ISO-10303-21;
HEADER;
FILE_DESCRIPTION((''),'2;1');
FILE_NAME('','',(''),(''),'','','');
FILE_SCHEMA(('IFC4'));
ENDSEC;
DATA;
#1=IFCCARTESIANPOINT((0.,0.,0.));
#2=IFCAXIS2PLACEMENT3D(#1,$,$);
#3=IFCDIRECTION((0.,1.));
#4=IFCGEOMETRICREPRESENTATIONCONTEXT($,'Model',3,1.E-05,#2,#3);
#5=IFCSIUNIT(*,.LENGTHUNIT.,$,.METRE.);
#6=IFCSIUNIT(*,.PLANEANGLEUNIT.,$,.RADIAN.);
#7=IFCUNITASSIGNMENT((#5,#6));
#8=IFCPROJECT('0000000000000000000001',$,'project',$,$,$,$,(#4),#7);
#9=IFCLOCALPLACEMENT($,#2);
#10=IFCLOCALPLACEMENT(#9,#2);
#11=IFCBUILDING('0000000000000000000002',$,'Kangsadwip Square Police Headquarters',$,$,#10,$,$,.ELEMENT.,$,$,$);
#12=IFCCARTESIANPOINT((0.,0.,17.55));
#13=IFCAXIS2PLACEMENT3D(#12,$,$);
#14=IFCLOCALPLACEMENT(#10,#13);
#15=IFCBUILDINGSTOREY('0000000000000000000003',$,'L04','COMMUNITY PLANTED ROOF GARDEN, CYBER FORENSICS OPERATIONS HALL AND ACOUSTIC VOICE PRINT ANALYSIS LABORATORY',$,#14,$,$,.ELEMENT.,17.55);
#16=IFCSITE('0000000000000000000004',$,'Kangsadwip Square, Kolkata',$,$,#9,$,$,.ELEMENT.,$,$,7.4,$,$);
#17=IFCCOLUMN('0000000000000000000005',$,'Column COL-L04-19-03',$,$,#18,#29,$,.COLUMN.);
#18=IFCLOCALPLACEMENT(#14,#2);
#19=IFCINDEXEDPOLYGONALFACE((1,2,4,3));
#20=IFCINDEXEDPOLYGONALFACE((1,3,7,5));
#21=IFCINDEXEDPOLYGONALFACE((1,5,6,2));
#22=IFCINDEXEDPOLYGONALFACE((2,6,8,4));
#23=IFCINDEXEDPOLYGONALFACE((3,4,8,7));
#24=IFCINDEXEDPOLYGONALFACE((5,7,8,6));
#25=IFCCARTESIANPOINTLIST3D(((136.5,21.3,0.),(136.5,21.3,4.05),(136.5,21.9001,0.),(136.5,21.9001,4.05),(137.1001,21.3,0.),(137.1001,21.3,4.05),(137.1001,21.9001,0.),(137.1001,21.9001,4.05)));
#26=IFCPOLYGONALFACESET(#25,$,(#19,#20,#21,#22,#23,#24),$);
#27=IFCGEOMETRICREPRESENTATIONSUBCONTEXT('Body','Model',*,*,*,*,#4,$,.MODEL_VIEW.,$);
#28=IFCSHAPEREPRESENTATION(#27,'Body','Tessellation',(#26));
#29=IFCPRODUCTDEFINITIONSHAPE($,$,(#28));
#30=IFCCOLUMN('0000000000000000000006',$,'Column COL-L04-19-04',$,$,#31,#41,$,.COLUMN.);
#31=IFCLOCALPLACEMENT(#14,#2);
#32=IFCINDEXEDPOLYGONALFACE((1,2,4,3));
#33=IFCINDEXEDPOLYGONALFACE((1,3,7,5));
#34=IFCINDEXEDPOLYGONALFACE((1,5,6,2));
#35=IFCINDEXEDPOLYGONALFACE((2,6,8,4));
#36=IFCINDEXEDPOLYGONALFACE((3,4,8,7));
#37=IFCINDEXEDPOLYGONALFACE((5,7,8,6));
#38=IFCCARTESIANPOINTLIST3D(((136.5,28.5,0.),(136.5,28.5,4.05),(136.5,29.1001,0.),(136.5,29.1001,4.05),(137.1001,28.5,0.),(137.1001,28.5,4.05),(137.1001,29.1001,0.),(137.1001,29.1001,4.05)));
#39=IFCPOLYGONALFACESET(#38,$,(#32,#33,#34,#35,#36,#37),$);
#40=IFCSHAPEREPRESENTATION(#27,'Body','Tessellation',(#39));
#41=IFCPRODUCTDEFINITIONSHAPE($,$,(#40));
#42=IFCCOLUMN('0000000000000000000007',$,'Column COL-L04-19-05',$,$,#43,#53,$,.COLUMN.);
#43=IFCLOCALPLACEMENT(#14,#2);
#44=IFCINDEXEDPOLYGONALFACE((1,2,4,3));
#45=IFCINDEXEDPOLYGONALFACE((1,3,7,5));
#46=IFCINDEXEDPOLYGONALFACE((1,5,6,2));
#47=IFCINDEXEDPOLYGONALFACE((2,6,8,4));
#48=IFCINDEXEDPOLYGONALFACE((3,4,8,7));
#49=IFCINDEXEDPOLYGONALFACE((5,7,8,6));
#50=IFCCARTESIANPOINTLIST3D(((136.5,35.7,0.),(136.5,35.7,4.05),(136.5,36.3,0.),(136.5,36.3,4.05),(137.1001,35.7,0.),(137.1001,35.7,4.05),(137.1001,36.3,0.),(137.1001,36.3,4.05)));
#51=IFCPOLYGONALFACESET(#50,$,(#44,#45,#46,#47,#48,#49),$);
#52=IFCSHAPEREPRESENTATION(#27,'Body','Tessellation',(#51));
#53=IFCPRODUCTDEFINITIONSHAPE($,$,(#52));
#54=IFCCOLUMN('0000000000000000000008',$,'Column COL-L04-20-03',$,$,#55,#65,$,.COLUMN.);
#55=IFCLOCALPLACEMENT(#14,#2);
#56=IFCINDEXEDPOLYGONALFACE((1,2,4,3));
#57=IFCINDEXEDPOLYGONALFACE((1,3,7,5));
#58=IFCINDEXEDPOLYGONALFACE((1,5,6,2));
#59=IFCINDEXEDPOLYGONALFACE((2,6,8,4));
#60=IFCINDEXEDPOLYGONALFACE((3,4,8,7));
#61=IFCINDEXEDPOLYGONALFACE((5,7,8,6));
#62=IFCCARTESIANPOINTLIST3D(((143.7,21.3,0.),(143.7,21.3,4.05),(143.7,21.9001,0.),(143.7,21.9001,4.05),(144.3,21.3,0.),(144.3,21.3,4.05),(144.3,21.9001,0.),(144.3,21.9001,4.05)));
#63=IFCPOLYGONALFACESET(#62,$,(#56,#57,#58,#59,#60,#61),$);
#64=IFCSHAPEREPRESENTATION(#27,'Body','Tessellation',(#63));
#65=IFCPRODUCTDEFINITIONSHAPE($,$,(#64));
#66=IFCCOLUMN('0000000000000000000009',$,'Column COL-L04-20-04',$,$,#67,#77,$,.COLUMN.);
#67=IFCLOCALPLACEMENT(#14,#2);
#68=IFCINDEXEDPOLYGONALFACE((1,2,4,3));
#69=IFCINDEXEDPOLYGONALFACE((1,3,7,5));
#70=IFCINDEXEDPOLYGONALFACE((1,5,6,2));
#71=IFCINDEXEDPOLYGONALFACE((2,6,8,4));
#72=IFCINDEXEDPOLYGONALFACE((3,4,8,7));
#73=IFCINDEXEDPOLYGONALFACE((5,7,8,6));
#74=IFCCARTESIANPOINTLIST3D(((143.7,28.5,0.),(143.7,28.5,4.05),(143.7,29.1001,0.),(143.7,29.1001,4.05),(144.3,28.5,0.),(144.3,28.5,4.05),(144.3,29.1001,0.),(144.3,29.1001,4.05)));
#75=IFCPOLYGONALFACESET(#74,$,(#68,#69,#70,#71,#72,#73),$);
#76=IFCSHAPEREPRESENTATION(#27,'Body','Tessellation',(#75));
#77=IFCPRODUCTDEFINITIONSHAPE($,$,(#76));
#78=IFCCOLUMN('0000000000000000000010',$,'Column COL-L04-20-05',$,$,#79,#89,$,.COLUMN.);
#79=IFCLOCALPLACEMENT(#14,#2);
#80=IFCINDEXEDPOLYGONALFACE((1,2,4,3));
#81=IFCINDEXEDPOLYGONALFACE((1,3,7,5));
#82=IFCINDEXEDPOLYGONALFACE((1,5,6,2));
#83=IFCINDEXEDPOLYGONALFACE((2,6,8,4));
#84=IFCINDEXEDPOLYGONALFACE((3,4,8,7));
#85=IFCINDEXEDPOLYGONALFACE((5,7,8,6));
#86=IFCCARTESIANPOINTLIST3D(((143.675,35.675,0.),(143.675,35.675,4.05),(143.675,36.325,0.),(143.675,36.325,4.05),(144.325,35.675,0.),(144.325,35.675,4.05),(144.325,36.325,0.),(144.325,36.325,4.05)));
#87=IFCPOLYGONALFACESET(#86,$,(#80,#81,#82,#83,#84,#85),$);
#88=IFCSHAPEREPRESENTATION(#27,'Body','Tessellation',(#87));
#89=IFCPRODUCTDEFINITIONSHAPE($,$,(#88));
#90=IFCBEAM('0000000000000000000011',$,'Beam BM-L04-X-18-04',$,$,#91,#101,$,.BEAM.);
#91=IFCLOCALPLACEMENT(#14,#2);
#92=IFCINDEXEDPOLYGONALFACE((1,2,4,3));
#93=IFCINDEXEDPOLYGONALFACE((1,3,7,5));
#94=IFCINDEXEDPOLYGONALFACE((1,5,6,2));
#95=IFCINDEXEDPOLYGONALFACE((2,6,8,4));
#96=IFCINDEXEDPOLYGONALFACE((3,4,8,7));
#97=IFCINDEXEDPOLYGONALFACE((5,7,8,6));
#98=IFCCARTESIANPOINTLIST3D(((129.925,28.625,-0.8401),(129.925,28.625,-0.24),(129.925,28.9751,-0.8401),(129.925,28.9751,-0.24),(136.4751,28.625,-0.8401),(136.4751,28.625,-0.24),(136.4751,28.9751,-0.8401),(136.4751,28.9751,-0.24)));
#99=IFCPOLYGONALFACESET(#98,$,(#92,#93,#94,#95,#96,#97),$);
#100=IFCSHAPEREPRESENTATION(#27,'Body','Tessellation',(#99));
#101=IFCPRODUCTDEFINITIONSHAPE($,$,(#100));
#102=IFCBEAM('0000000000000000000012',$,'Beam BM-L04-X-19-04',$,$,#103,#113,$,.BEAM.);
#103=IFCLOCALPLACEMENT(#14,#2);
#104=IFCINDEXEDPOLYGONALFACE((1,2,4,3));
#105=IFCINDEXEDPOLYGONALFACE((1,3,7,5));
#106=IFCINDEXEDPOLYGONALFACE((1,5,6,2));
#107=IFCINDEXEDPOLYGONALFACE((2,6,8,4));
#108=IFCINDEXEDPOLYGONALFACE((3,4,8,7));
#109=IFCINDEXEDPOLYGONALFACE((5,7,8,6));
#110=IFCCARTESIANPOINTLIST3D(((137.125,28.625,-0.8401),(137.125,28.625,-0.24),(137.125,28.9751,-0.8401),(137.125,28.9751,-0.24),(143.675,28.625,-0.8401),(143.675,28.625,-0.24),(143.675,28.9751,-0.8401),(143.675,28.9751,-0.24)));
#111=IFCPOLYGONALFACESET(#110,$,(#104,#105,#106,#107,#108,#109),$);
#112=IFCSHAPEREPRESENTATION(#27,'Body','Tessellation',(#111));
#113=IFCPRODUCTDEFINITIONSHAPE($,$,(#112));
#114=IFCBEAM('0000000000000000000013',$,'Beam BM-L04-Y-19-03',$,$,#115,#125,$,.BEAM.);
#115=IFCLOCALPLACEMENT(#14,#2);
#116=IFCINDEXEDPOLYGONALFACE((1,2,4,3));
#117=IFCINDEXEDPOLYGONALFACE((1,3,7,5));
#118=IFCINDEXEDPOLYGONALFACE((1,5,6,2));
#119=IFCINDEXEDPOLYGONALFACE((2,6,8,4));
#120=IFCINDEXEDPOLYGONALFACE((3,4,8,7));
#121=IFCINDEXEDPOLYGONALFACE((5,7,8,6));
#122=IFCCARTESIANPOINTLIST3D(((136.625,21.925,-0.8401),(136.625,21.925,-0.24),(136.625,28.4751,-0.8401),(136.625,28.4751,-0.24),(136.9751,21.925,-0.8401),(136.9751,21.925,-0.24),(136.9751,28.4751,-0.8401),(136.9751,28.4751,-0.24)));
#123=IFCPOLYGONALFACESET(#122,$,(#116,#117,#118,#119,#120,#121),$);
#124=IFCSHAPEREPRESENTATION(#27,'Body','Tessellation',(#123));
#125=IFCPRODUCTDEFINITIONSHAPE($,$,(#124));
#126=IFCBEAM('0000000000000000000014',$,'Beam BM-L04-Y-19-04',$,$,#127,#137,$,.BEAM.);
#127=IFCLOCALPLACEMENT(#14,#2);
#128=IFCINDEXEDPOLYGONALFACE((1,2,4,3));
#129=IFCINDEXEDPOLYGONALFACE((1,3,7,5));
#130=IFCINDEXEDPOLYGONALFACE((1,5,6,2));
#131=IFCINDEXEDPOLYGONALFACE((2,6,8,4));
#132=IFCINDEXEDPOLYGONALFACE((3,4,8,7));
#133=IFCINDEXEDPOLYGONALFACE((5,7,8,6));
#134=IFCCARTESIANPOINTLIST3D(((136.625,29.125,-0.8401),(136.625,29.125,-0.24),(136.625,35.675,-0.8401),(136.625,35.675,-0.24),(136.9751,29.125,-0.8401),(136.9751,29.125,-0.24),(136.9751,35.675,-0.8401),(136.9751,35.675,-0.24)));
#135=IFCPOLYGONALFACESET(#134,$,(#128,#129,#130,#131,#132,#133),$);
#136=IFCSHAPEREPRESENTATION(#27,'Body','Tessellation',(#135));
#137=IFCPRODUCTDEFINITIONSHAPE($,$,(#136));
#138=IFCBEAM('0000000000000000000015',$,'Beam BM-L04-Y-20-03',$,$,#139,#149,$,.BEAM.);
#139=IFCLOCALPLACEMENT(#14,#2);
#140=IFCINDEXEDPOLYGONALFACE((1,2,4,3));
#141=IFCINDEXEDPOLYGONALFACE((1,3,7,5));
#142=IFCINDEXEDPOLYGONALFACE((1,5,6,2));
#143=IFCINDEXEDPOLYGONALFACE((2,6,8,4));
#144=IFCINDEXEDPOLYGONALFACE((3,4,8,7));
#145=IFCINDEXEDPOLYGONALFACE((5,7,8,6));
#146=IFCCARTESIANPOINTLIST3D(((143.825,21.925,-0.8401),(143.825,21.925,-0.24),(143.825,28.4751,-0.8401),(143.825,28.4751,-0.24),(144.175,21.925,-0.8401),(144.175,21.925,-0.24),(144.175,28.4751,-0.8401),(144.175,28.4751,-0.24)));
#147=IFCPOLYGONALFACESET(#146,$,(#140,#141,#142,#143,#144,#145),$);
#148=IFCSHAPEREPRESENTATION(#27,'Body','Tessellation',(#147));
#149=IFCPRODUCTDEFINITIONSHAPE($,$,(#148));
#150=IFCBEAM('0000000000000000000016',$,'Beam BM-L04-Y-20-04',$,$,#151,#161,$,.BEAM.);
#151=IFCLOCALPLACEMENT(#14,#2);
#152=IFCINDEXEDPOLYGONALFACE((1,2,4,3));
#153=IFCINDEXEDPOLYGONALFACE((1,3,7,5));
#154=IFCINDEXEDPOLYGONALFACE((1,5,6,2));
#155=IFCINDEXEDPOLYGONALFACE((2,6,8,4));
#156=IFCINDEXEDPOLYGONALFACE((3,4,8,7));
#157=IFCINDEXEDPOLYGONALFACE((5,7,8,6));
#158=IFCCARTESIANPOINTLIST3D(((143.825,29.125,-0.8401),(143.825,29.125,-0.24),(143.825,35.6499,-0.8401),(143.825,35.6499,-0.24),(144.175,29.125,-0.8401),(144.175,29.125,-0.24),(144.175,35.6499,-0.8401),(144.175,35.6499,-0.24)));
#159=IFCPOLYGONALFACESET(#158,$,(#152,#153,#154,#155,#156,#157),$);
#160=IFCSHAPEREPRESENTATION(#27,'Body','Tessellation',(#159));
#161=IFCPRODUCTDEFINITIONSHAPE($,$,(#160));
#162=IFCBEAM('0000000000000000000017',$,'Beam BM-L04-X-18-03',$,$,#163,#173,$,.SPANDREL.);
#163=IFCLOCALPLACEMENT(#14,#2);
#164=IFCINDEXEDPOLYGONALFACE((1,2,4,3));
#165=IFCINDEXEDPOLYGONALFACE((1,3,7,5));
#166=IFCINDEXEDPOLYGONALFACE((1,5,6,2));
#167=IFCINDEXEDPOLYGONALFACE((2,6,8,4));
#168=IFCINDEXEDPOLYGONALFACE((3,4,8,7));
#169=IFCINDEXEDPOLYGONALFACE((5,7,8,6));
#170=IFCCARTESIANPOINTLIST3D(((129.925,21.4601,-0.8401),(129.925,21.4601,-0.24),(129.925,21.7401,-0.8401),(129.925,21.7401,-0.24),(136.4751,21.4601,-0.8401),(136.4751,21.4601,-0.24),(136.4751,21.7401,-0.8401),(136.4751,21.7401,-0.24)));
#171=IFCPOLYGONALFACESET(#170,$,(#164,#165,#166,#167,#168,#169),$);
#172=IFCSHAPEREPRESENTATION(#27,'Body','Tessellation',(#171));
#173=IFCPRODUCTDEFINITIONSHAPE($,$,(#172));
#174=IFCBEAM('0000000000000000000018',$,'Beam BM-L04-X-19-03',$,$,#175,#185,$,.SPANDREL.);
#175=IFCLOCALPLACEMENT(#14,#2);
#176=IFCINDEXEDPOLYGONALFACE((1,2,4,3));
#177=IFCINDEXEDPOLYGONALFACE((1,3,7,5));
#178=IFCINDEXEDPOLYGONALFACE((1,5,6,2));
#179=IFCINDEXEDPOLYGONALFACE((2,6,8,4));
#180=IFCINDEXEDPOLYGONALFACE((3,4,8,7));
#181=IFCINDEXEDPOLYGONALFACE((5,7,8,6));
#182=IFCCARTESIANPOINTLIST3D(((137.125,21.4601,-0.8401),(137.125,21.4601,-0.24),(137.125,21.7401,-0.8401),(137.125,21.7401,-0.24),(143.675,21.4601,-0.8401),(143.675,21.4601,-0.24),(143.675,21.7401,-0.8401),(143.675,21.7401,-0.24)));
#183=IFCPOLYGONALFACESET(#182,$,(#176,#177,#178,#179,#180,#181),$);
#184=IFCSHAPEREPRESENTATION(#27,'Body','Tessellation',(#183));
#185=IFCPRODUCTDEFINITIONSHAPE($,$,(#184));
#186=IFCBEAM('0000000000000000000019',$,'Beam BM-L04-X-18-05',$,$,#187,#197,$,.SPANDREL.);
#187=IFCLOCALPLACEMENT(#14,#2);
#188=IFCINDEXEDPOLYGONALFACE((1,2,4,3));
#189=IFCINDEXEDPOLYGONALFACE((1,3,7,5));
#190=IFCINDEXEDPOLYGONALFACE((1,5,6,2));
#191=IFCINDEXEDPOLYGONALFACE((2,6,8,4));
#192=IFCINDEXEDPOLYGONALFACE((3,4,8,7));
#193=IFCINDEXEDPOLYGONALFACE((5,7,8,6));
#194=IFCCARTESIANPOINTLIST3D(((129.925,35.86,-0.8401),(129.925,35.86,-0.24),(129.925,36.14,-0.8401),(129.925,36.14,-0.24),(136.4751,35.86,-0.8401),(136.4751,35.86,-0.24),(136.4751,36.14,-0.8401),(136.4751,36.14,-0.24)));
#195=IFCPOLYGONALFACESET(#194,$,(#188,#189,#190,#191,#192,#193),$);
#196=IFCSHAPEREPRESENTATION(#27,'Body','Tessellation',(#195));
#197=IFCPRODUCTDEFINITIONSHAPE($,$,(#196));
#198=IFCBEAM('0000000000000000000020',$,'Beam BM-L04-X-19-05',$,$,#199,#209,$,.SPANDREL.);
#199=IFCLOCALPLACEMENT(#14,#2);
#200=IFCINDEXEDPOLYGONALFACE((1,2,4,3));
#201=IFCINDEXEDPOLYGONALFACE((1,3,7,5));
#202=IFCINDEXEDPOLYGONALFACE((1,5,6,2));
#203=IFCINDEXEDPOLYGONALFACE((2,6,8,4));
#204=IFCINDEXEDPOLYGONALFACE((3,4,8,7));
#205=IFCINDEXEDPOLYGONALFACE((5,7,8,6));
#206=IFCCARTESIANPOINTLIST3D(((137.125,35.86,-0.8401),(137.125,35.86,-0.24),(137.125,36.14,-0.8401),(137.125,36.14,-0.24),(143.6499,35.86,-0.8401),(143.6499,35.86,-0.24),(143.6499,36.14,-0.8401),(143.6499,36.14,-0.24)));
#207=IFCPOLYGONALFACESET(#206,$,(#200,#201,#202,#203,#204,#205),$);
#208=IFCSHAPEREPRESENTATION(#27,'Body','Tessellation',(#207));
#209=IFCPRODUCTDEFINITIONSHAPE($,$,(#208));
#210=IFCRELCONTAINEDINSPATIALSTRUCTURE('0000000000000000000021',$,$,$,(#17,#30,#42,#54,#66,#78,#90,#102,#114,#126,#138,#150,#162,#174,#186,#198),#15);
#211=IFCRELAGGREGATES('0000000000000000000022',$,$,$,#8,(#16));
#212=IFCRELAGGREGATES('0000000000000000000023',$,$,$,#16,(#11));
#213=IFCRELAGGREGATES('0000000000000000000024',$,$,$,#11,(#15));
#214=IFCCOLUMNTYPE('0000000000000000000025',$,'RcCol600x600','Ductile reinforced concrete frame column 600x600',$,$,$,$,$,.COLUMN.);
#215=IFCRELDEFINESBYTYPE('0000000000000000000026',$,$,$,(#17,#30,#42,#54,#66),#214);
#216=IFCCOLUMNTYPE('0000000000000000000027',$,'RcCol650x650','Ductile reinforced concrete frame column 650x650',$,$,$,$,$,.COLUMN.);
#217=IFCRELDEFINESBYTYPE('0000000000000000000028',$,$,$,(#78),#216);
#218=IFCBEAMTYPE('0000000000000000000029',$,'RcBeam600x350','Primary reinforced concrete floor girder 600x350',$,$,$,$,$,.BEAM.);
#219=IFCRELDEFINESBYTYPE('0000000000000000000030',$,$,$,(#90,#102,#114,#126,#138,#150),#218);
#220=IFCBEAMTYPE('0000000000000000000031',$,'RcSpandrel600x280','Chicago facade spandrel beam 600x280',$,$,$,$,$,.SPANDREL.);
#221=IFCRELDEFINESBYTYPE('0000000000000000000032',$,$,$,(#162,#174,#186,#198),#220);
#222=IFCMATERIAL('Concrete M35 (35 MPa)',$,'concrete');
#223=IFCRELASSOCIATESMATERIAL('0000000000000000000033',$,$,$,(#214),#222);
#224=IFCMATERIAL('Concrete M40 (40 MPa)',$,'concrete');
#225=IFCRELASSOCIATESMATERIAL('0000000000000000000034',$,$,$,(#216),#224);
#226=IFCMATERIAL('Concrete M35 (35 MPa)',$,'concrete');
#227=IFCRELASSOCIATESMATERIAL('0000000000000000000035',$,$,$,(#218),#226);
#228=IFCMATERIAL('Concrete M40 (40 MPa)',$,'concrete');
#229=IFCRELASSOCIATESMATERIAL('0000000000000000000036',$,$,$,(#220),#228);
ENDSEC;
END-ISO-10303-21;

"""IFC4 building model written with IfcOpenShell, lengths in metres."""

from ifc_helpers import new_model, si_unit, direction, frame, origin, origin_2d, place, context, subcontext, project, spatial, rectangle, extrude, material, material_profile, profile_set, type_object, element, save


model = new_model("IFC4")

# Units and contexts
model_context = context("Model", 3, precision=1e-05, world=origin(), true_north=direction((0.0, 1.0)))
body_context = subcontext(model_context, "Body", "Model", "MODEL_VIEW")
ifc_project = project(units=[si_unit("LENGTHUNIT", "METRE"), si_unit("PLANEANGLEUNIT", "RADIAN")], contexts=[model_context])

# Site, building, storey
site_placement = place(None, origin())
site = spatial("IfcSite", under=ifc_project, at=site_placement, Name="Kangsadwip Square, Kolkata", CompositionType="ELEMENT", RefElevation=7.4)
building_placement = place(site_placement, origin())
building = spatial("IfcBuilding", under=site, at=building_placement, Name="Kangsadwip Square Police Headquarters", CompositionType="ELEMENT")
storey_placement = place(building_placement, frame((0.0, 0.0, 17.55)))
storey = spatial("IfcBuildingStorey", under=building, at=storey_placement, Name="L04", Description="COMMUNITY PLANTED ROOF GARDEN, CYBER FORENSICS OPERATIONS HALL AND ACOUSTIC VOICE PRINT ANALYSIS LABORATORY", CompositionType="ELEMENT", Elevation=17.55)

# Columns
ifc_material_1 = material(Name="Concrete M35 (35 MPa)", Category="concrete")
ifc_material_profile_1 = material_profile(ifc_material_1, rectangle(XDim=0.6001, YDim=0.6001, at=origin_2d()), Name="RC COL 600X600")
ifc_profile_set_1 = profile_set([ifc_material_profile_1], Name="Concrete M35 (35 MPa)")
column_type_1 = type_object("IfcColumnType", Name="RcCol600x600", Description="Ductile reinforced concrete frame column 600x600", PredefinedType="COLUMN", material=ifc_profile_set_1)
for number, where, z_axis, x_axis, name in (
    (1, (136.8, 21.6001, 0.0), (0.0, 0.0, 1.0), (1.0, 0.0, 0.0), "Column COL-L04-19-03"),
    (2, (136.8, 28.8, 0.0), (0.0, 0.0, 1.0), (1.0, 0.0, 0.0), "Column COL-L04-19-04"),
    (3, (136.8, 36.0, 0.0), (0.0, 0.0, 1.0), (1.0, 0.0, 0.0), "Column COL-L04-19-05"),
    (4, (144.0, 21.6001, 0.0), (0.0, 0.0, 1.0), (1.0, 0.0, 0.0), "Column COL-L04-20-03"),
    (5, (144.0, 28.8, 0.0), (0.0, 0.0, 1.0), (1.0, 0.0, 0.0), "Column COL-L04-20-04"),
):
    element("IfcColumn", number, at=place(storey_placement, frame(where, z_axis=z_axis, x_axis=x_axis)), inside=storey, type_object=column_type_1, Name=name, PredefinedType="COLUMN", context=body_context, shape_type="SweptSolid", body=[
        extrude(rectangle(XDim=0.6001, YDim=0.6001, at=origin_2d()), origin(), (0.0, 0.0, 1.0), 4.05),
    ])
ifc_material_2 = material(Name="Concrete M40 (40 MPa)", Category="concrete")
ifc_material_profile_2 = material_profile(ifc_material_2, rectangle(XDim=0.6499, YDim=0.6499, at=origin_2d()), Name="RC COL 650X650")
ifc_profile_set_2 = profile_set([ifc_material_profile_2], Name="Concrete M40 (40 MPa)")
column_type_2 = type_object("IfcColumnType", Name="RcCol650x650", Description="Ductile reinforced concrete frame column 650x650", PredefinedType="COLUMN", material=ifc_profile_set_2)
column_placement = place(storey_placement, frame((144.0, 36.0, 0.0), z_axis=(0.0, 0.0, 1.0), x_axis=(1.0, 0.0, 0.0)))
element("IfcColumn", 6, at=column_placement, inside=storey, type_object=column_type_2, Name="Column COL-L04-20-05", PredefinedType="COLUMN", context=body_context, shape_type="SweptSolid", body=[
    extrude(rectangle(XDim=0.6499, YDim=0.6499, at=origin_2d()), origin(), (0.0, 0.0, 1.0), 4.05),
])

# Beams
ifc_material_3 = material(Name="Concrete M35 (35 MPa)", Category="concrete")
ifc_material_profile_3 = material_profile(ifc_material_3, rectangle(XDim=0.3501, YDim=0.6001, at=origin_2d()), Name="RC BM 600X350")
ifc_profile_set_3 = profile_set([ifc_material_profile_3], Name="Concrete M35 (35 MPa)")
beam_type_1 = type_object("IfcBeamType", Name="RcBeam600x350", Description="Primary reinforced concrete floor girder 600x350", PredefinedType="BEAM", material=ifc_profile_set_3)
for number, where, z_axis, x_axis, name in (
    (7, (129.925, 28.8, -0.54), (1.0, 0.0, 0.0), (0.0, 1.0, 0.0), "Beam BM-L04-X-18-04"),
    (8, (137.125, 28.8, -0.54), (1.0, 0.0, 0.0), (0.0, 1.0, 0.0), "Beam BM-L04-X-19-04"),
    (9, (136.8, 21.925, -0.54), (0.0, 1.0, 0.0), (-1.0, 0.0, 0.0), "Beam BM-L04-Y-19-03"),
    (10, (136.8, 29.125, -0.54), (0.0, 1.0, 0.0), (-1.0, 0.0, 0.0), "Beam BM-L04-Y-19-04"),
    (11, (144.0, 21.925, -0.54), (0.0, 1.0, 0.0), (-1.0, 0.0, 0.0), "Beam BM-L04-Y-20-03"),
):
    element("IfcBeam", number, at=place(storey_placement, frame(where, z_axis=z_axis, x_axis=x_axis)), inside=storey, type_object=beam_type_1, Name=name, PredefinedType="BEAM", context=body_context, shape_type="SweptSolid", body=[
        extrude(rectangle(XDim=0.3501, YDim=0.6001, at=origin_2d()), origin(), (0.0, 0.0, 1.0), 6.55),
    ])
beam_1_placement = place(storey_placement, frame((144.0, 29.125, -0.54), z_axis=(0.0, 1.0, 0.0), x_axis=(-1.0, 0.0, 0.0)))
element("IfcBeam", 12, at=beam_1_placement, inside=storey, type_object=beam_type_1, Name="Beam BM-L04-Y-20-04", PredefinedType="BEAM", context=body_context, shape_type="SweptSolid", body=[
    extrude(rectangle(XDim=0.3501, YDim=0.6001, at=origin_2d()), origin(), (0.0, 0.0, 1.0), 6.5249),
])
ifc_material_4 = material(Name="Concrete M40 (40 MPa)", Category="concrete")
ifc_material_profile_4 = material_profile(ifc_material_4, rectangle(XDim=0.28, YDim=0.6001, at=origin_2d()), Name="RC SPN 600X280")
ifc_profile_set_4 = profile_set([ifc_material_profile_4], Name="Concrete M40 (40 MPa)")
beam_type_2 = type_object("IfcBeamType", Name="RcSpandrel600x280", Description="Chicago facade spandrel beam 600x280", PredefinedType="SPANDREL", material=ifc_profile_set_4)
for number, where, z_axis, x_axis, name in (
    (13, (129.925, 21.6001, -0.54), (1.0, 0.0, 0.0), (0.0, 1.0, 0.0), "Beam BM-L04-X-18-03"),
    (14, (137.125, 21.6001, -0.54), (1.0, 0.0, 0.0), (0.0, 1.0, 0.0), "Beam BM-L04-X-19-03"),
    (15, (129.925, 36.0, -0.54), (1.0, 0.0, 0.0), (0.0, 1.0, 0.0), "Beam BM-L04-X-18-05"),
):
    element("IfcBeam", number, at=place(storey_placement, frame(where, z_axis=z_axis, x_axis=x_axis)), inside=storey, type_object=beam_type_2, Name=name, PredefinedType="SPANDREL", context=body_context, shape_type="SweptSolid", body=[
        extrude(rectangle(XDim=0.28, YDim=0.6001, at=origin_2d()), origin(), (0.0, 0.0, 1.0), 6.55),
    ])
beam_2_placement = place(storey_placement, frame((137.125, 36.0, -0.54), z_axis=(1.0, 0.0, 0.0), x_axis=(0.0, 1.0, 0.0)))
element("IfcBeam", 16, at=beam_2_placement, inside=storey, type_object=beam_type_2, Name="Beam BM-L04-X-19-05", PredefinedType="SPANDREL", context=body_context, shape_type="SweptSolid", body=[
    extrude(rectangle(XDim=0.28, YDim=0.6001, at=origin_2d()), origin(), (0.0, 0.0, 1.0), 6.5249),
])

save(model, "model.ifc")
